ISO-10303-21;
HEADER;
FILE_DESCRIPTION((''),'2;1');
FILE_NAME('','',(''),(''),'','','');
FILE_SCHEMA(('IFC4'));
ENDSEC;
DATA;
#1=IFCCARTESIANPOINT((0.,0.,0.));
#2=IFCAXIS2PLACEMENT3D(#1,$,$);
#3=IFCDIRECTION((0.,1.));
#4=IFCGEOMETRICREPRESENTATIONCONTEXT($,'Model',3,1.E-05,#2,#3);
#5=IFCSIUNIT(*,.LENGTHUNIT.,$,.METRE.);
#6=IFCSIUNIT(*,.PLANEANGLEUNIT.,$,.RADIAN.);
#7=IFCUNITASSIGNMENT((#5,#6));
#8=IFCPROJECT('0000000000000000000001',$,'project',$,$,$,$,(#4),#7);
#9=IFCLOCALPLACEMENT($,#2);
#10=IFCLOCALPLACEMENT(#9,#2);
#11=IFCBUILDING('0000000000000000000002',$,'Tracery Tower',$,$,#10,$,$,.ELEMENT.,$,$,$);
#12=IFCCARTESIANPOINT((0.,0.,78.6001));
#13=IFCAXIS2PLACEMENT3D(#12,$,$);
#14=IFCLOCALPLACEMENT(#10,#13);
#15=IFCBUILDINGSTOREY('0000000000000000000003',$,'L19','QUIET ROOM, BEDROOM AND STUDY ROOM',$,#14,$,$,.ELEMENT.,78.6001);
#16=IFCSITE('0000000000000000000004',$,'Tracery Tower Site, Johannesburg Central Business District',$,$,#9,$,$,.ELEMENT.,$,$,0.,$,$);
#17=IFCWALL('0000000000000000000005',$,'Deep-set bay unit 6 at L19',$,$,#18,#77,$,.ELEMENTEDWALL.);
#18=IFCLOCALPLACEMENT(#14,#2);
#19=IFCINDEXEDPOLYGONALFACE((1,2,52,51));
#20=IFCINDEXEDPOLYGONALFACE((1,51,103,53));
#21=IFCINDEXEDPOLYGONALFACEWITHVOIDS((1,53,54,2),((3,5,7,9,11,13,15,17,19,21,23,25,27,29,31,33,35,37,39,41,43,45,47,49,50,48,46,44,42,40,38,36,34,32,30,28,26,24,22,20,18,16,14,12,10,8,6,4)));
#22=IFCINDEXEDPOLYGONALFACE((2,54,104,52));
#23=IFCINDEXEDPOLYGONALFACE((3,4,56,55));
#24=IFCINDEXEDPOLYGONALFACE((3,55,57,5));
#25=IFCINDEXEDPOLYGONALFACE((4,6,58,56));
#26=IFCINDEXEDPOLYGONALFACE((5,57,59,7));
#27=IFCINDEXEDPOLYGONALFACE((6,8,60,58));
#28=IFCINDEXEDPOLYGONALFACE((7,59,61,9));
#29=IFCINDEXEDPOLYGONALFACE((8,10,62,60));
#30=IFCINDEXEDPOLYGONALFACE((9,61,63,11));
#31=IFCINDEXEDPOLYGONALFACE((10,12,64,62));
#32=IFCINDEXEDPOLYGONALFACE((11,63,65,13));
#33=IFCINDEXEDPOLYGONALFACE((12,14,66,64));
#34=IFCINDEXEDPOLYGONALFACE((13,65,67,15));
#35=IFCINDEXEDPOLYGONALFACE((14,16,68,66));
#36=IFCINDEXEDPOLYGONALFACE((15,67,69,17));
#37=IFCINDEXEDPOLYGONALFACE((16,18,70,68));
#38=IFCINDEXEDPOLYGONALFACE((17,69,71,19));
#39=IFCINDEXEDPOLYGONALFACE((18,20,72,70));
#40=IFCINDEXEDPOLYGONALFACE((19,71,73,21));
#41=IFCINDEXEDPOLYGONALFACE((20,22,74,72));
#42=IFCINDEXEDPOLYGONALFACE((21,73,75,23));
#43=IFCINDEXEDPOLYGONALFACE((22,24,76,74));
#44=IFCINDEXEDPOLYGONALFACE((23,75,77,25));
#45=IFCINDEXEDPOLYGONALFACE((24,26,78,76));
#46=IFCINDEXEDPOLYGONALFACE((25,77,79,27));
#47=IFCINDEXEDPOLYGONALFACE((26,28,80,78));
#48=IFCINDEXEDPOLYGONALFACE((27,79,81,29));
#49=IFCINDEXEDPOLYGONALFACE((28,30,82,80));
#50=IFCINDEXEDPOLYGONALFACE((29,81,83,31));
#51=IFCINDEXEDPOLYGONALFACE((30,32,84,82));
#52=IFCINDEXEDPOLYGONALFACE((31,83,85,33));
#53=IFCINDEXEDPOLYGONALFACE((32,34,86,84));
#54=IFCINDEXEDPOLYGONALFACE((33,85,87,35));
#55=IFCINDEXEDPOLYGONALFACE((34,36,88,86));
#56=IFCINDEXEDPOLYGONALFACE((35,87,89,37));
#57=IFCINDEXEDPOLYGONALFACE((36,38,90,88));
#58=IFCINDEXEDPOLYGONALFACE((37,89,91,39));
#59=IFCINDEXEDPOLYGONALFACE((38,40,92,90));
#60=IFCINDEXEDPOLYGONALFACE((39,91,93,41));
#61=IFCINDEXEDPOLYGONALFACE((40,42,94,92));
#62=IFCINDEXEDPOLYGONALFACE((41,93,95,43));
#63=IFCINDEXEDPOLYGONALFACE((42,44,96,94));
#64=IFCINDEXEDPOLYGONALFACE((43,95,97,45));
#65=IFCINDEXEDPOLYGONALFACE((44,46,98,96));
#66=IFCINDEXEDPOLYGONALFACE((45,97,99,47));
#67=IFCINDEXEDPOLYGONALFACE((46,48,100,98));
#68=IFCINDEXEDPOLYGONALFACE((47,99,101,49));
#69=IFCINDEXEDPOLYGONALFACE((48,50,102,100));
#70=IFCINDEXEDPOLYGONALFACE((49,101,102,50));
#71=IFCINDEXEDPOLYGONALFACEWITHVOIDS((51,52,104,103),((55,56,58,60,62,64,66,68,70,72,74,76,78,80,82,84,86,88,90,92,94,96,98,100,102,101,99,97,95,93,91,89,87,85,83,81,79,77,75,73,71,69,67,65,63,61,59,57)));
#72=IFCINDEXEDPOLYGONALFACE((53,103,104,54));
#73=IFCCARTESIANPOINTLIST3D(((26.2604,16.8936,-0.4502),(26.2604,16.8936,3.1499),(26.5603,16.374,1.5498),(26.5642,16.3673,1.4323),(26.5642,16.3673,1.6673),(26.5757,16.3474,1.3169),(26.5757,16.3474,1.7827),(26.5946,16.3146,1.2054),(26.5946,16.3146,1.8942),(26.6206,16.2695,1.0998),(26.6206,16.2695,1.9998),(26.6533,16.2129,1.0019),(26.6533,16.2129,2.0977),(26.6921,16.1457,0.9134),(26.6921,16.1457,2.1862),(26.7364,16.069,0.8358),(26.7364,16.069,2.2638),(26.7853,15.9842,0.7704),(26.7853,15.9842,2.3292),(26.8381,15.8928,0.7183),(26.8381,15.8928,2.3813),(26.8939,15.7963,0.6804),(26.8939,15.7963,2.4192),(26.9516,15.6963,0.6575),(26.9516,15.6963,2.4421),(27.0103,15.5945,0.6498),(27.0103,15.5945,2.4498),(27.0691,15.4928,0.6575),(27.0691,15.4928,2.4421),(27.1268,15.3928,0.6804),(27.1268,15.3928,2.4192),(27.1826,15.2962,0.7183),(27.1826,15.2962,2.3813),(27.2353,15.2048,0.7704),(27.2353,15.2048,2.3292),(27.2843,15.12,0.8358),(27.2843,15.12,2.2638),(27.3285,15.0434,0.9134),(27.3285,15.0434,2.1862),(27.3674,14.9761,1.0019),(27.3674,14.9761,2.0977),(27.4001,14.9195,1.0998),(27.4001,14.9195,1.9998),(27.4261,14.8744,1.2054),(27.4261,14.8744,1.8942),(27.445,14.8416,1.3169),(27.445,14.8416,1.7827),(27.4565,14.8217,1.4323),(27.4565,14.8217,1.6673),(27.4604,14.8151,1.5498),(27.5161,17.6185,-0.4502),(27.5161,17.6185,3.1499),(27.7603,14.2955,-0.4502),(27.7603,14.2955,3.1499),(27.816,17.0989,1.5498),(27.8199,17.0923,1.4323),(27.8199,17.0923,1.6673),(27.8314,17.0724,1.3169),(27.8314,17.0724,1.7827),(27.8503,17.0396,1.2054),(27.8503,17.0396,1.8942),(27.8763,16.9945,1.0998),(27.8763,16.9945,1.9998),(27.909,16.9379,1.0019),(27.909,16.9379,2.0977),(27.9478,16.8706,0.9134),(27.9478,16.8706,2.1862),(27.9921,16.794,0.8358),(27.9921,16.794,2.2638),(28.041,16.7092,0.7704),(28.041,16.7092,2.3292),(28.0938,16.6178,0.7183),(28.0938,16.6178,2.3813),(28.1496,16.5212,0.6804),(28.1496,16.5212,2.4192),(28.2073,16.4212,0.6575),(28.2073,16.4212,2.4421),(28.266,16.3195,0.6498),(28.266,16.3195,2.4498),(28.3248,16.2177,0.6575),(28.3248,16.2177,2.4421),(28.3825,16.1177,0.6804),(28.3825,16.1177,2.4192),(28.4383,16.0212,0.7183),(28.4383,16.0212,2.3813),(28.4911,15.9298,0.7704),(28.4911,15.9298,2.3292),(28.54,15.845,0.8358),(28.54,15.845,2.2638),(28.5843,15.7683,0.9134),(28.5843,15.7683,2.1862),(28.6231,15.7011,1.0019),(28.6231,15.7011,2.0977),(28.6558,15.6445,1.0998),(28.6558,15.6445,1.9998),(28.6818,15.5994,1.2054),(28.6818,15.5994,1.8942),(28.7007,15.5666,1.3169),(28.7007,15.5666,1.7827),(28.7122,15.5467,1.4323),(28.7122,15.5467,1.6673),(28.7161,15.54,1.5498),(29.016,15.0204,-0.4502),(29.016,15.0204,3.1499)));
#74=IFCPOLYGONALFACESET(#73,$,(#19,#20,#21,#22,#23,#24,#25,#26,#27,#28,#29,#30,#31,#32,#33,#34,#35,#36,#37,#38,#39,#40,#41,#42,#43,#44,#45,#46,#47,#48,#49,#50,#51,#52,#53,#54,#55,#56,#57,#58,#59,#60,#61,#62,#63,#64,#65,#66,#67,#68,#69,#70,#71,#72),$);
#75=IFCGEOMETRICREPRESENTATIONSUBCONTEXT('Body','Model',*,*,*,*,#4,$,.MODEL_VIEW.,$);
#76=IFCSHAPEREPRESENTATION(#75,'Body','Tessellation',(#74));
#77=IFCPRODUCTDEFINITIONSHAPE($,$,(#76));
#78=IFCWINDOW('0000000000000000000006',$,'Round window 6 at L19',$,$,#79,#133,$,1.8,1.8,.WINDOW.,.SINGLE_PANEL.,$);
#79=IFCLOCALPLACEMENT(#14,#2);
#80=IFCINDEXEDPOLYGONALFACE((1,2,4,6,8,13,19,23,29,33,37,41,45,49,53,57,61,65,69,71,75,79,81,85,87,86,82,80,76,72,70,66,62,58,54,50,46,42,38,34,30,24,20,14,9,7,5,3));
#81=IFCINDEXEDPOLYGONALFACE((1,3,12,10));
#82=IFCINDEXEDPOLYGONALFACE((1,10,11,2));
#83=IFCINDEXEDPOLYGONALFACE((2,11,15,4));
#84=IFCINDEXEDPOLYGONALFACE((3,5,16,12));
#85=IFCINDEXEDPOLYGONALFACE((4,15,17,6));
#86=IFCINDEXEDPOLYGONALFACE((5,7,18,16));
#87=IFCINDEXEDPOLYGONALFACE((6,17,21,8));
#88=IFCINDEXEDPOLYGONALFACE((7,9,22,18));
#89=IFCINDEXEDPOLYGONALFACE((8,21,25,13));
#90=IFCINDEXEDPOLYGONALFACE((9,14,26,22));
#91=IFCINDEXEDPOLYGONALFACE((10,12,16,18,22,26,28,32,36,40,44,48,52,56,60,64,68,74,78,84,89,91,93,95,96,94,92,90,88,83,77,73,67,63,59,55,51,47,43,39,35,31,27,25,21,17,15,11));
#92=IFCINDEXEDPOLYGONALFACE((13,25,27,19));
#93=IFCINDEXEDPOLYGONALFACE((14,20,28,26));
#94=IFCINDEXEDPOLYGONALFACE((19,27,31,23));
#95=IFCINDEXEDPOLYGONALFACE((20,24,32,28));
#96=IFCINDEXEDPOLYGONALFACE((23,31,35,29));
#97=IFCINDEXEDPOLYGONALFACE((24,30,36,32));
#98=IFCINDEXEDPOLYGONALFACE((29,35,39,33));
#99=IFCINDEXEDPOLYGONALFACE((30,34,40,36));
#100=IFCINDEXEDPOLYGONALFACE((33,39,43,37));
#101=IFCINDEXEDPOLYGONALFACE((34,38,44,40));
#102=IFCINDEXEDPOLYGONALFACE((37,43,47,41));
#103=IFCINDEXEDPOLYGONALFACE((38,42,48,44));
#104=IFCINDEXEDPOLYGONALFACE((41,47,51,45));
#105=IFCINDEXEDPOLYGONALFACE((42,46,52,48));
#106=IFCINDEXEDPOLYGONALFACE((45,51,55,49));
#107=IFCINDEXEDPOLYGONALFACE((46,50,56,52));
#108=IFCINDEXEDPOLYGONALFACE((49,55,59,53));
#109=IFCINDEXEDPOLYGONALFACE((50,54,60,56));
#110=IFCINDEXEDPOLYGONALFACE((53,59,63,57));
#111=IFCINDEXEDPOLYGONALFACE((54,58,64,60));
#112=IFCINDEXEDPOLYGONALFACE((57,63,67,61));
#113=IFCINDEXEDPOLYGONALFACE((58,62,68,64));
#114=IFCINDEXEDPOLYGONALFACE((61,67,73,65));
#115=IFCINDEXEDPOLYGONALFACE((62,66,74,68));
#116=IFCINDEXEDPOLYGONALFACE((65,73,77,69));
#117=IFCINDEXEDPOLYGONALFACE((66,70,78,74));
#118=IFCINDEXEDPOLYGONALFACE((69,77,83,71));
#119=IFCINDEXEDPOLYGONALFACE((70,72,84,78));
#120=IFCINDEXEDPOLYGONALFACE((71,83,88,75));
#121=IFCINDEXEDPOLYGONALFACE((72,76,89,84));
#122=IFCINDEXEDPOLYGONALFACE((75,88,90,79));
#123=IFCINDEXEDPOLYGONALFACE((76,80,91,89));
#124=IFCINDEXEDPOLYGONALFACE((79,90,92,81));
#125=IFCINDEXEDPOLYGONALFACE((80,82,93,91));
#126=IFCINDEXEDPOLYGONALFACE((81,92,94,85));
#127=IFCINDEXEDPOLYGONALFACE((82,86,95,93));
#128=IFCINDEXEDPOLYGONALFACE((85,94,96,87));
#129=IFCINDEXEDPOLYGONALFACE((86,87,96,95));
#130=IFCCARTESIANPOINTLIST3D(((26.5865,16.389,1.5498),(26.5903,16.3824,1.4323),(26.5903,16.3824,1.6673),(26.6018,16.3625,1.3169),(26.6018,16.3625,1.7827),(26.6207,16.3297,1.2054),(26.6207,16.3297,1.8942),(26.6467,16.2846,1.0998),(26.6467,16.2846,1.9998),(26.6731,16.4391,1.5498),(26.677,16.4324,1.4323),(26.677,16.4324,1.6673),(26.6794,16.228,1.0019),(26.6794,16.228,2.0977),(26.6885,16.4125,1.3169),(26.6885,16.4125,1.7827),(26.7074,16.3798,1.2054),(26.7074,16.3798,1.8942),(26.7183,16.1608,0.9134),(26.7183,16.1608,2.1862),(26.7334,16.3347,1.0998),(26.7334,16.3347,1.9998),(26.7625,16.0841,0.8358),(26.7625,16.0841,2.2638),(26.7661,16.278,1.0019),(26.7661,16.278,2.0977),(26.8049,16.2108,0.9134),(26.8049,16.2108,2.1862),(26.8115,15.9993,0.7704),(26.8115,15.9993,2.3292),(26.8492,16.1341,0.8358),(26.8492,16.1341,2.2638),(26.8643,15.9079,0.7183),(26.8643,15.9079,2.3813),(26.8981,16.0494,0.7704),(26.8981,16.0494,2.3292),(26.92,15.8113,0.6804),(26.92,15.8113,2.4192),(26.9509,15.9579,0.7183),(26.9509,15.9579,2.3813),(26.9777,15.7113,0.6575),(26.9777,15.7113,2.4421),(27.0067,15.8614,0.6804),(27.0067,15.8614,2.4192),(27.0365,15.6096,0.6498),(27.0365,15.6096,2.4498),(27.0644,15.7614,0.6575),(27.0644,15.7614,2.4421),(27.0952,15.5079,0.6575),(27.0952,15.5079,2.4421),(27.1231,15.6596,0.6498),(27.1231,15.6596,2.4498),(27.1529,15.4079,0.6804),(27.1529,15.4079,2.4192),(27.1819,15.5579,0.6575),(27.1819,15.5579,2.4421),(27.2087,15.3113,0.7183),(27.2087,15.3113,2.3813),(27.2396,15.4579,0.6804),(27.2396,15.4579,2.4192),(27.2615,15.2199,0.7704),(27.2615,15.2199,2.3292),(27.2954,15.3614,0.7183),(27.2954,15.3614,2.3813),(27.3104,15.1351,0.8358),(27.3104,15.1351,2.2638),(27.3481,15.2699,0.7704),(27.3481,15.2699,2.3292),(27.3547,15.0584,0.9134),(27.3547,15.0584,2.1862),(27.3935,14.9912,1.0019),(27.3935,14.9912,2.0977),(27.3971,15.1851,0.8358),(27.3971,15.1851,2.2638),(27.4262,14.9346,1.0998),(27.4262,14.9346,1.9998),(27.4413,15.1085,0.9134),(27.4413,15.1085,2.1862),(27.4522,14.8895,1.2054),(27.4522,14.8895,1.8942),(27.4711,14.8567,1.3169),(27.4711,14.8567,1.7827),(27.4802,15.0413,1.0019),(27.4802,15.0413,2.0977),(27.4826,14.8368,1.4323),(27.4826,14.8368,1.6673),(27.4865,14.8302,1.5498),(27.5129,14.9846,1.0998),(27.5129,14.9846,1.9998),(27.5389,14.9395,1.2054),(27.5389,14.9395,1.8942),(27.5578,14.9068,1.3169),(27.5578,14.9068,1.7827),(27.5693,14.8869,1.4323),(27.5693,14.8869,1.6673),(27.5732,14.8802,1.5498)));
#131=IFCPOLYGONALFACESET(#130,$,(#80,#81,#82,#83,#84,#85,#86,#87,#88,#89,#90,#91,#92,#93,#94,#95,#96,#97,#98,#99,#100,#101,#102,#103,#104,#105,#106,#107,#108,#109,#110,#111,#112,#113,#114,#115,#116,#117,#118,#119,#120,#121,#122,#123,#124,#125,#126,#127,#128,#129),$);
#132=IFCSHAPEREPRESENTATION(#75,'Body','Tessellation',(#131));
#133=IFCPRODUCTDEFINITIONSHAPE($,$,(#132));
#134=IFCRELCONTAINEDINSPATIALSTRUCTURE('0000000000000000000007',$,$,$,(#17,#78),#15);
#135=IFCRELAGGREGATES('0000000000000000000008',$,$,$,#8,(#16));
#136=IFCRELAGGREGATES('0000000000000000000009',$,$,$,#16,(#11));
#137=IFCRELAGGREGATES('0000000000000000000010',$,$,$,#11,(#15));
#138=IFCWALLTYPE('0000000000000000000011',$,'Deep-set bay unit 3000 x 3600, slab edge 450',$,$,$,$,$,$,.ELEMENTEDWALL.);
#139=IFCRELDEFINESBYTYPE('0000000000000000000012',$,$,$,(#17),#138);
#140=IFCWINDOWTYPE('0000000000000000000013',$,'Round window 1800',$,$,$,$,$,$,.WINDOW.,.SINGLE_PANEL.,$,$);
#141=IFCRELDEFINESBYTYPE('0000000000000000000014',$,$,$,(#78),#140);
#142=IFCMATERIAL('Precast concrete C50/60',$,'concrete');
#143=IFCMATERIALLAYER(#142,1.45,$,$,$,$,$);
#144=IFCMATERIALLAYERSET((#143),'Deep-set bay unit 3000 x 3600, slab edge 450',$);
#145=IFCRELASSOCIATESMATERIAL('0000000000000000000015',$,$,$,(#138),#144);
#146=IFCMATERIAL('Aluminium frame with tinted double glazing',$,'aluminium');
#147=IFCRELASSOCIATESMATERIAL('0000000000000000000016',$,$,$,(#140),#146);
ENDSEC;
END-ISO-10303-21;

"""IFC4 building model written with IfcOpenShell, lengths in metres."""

from ifc_helpers import new_model, si_unit, direction, frame, frame_2d, origin, origin_2d, place, context, subcontext, project, spatial, rectangle, circle, extrude, material, layer, layer_set, type_object, element, fill, save


model = new_model("IFC4")

# Units and contexts
model_context = context("Model", 3, precision=1e-05, world=origin(), true_north=direction((0.0, 1.0)))
body_context = subcontext(model_context, "Body", "Model", "MODEL_VIEW")
ifc_project = project(units=[si_unit("LENGTHUNIT", "METRE"), si_unit("PLANEANGLEUNIT", "RADIAN")], contexts=[model_context])

# Site, building, storey
site_placement = place(None, origin())
site = spatial("IfcSite", under=ifc_project, at=site_placement, Name="Tracery Tower Site, Johannesburg Central Business District", CompositionType="ELEMENT", RefElevation=0.0)
building_placement = place(site_placement, origin())
building = spatial("IfcBuilding", under=site, at=building_placement, Name="Tracery Tower", CompositionType="ELEMENT")
storey_placement = place(building_placement, frame((0.0, 0.0, 78.6001)))
storey = spatial("IfcBuildingStorey", under=building, at=storey_placement, Name="L19", Description="QUIET ROOM, BEDROOM AND STUDY ROOM", CompositionType="ELEMENT", Elevation=78.6001)

# Wall, opening, window
ifc_material_1 = material(Name="Precast concrete C50/60", Category="concrete")
ifc_layer_1 = layer(ifc_material_1, 1.45)
ifc_layer_set_1 = layer_set([ifc_layer_1], Name="Deep-set bay unit 3000 x 3600, slab edge 450")
wall_type_1 = type_object("IfcWallType", Name="Deep-set bay unit 3000 x 3600, slab edge 450", PredefinedType="ELEMENTEDWALL", material=ifc_layer_set_1)
ifc_material_2 = material(Name="Aluminium frame with tinted double glazing", Category="aluminium")
window_type = type_object("IfcWindowType", Name="Round window 1800", PartitioningType="SINGLE_PANEL", PredefinedType="WINDOW", material=ifc_material_2)
wall_1_placement = place(storey_placement, frame((28.3882, 14.658, -0.4502), z_axis=(0.0, 0.0, 1.0), x_axis=(-0.49999, 0.866031, 0.0)))
wall_1 = element("IfcWall", 1, at=wall_1_placement, inside=storey, type_object=wall_type_1, Name="Deep-set bay unit 6 at L19", PredefinedType="ELEMENTEDWALL", context=body_context, shape_type="SweptSolid", body=[
    extrude(rectangle(XDim=3.0, YDim=1.45, at=frame_2d((1.5, 0.0))), origin(), (0.0, 0.0, 1.0), 3.6001),
])
opening_1_placement = place(wall_1_placement, frame((1.5, 0.0, 2.0)))
opening_1 = element("IfcOpeningElement", 2, at=opening_1_placement, cuts=wall_1, PredefinedType="OPENING", context=body_context, shape_type="SweptSolid", body=[
    extrude(circle(Radius=0.9, at=origin_2d()), frame((0.0, 0.7349, 0.0), z_axis=(0.0, -1.0, 0.0), x_axis=(1.0, 0.0, 0.0)), (0.0, 0.0, 1.0), 1.47),
])
window_1_placement = place(opening_1_placement, origin())
window_1 = element("IfcWindow", 3, at=window_1_placement, inside=storey, type_object=window_type, Name="Round window 6 at L19", OverallHeight=1.8, OverallWidth=1.8, PartitioningType="SINGLE_PANEL", PredefinedType="WINDOW", context=body_context, shape_type="SweptSolid", body=[
    extrude(circle(Radius=0.9, at=origin_2d()), frame((0.0, 0.6948, 0.0), z_axis=(0.0, -1.0, 0.0), x_axis=(1.0, 0.0, 0.0)), (0.0, 0.0, 1.0), 0.1001),
])
fill(opening_1, window_1)

save(model, "model.ifc")
